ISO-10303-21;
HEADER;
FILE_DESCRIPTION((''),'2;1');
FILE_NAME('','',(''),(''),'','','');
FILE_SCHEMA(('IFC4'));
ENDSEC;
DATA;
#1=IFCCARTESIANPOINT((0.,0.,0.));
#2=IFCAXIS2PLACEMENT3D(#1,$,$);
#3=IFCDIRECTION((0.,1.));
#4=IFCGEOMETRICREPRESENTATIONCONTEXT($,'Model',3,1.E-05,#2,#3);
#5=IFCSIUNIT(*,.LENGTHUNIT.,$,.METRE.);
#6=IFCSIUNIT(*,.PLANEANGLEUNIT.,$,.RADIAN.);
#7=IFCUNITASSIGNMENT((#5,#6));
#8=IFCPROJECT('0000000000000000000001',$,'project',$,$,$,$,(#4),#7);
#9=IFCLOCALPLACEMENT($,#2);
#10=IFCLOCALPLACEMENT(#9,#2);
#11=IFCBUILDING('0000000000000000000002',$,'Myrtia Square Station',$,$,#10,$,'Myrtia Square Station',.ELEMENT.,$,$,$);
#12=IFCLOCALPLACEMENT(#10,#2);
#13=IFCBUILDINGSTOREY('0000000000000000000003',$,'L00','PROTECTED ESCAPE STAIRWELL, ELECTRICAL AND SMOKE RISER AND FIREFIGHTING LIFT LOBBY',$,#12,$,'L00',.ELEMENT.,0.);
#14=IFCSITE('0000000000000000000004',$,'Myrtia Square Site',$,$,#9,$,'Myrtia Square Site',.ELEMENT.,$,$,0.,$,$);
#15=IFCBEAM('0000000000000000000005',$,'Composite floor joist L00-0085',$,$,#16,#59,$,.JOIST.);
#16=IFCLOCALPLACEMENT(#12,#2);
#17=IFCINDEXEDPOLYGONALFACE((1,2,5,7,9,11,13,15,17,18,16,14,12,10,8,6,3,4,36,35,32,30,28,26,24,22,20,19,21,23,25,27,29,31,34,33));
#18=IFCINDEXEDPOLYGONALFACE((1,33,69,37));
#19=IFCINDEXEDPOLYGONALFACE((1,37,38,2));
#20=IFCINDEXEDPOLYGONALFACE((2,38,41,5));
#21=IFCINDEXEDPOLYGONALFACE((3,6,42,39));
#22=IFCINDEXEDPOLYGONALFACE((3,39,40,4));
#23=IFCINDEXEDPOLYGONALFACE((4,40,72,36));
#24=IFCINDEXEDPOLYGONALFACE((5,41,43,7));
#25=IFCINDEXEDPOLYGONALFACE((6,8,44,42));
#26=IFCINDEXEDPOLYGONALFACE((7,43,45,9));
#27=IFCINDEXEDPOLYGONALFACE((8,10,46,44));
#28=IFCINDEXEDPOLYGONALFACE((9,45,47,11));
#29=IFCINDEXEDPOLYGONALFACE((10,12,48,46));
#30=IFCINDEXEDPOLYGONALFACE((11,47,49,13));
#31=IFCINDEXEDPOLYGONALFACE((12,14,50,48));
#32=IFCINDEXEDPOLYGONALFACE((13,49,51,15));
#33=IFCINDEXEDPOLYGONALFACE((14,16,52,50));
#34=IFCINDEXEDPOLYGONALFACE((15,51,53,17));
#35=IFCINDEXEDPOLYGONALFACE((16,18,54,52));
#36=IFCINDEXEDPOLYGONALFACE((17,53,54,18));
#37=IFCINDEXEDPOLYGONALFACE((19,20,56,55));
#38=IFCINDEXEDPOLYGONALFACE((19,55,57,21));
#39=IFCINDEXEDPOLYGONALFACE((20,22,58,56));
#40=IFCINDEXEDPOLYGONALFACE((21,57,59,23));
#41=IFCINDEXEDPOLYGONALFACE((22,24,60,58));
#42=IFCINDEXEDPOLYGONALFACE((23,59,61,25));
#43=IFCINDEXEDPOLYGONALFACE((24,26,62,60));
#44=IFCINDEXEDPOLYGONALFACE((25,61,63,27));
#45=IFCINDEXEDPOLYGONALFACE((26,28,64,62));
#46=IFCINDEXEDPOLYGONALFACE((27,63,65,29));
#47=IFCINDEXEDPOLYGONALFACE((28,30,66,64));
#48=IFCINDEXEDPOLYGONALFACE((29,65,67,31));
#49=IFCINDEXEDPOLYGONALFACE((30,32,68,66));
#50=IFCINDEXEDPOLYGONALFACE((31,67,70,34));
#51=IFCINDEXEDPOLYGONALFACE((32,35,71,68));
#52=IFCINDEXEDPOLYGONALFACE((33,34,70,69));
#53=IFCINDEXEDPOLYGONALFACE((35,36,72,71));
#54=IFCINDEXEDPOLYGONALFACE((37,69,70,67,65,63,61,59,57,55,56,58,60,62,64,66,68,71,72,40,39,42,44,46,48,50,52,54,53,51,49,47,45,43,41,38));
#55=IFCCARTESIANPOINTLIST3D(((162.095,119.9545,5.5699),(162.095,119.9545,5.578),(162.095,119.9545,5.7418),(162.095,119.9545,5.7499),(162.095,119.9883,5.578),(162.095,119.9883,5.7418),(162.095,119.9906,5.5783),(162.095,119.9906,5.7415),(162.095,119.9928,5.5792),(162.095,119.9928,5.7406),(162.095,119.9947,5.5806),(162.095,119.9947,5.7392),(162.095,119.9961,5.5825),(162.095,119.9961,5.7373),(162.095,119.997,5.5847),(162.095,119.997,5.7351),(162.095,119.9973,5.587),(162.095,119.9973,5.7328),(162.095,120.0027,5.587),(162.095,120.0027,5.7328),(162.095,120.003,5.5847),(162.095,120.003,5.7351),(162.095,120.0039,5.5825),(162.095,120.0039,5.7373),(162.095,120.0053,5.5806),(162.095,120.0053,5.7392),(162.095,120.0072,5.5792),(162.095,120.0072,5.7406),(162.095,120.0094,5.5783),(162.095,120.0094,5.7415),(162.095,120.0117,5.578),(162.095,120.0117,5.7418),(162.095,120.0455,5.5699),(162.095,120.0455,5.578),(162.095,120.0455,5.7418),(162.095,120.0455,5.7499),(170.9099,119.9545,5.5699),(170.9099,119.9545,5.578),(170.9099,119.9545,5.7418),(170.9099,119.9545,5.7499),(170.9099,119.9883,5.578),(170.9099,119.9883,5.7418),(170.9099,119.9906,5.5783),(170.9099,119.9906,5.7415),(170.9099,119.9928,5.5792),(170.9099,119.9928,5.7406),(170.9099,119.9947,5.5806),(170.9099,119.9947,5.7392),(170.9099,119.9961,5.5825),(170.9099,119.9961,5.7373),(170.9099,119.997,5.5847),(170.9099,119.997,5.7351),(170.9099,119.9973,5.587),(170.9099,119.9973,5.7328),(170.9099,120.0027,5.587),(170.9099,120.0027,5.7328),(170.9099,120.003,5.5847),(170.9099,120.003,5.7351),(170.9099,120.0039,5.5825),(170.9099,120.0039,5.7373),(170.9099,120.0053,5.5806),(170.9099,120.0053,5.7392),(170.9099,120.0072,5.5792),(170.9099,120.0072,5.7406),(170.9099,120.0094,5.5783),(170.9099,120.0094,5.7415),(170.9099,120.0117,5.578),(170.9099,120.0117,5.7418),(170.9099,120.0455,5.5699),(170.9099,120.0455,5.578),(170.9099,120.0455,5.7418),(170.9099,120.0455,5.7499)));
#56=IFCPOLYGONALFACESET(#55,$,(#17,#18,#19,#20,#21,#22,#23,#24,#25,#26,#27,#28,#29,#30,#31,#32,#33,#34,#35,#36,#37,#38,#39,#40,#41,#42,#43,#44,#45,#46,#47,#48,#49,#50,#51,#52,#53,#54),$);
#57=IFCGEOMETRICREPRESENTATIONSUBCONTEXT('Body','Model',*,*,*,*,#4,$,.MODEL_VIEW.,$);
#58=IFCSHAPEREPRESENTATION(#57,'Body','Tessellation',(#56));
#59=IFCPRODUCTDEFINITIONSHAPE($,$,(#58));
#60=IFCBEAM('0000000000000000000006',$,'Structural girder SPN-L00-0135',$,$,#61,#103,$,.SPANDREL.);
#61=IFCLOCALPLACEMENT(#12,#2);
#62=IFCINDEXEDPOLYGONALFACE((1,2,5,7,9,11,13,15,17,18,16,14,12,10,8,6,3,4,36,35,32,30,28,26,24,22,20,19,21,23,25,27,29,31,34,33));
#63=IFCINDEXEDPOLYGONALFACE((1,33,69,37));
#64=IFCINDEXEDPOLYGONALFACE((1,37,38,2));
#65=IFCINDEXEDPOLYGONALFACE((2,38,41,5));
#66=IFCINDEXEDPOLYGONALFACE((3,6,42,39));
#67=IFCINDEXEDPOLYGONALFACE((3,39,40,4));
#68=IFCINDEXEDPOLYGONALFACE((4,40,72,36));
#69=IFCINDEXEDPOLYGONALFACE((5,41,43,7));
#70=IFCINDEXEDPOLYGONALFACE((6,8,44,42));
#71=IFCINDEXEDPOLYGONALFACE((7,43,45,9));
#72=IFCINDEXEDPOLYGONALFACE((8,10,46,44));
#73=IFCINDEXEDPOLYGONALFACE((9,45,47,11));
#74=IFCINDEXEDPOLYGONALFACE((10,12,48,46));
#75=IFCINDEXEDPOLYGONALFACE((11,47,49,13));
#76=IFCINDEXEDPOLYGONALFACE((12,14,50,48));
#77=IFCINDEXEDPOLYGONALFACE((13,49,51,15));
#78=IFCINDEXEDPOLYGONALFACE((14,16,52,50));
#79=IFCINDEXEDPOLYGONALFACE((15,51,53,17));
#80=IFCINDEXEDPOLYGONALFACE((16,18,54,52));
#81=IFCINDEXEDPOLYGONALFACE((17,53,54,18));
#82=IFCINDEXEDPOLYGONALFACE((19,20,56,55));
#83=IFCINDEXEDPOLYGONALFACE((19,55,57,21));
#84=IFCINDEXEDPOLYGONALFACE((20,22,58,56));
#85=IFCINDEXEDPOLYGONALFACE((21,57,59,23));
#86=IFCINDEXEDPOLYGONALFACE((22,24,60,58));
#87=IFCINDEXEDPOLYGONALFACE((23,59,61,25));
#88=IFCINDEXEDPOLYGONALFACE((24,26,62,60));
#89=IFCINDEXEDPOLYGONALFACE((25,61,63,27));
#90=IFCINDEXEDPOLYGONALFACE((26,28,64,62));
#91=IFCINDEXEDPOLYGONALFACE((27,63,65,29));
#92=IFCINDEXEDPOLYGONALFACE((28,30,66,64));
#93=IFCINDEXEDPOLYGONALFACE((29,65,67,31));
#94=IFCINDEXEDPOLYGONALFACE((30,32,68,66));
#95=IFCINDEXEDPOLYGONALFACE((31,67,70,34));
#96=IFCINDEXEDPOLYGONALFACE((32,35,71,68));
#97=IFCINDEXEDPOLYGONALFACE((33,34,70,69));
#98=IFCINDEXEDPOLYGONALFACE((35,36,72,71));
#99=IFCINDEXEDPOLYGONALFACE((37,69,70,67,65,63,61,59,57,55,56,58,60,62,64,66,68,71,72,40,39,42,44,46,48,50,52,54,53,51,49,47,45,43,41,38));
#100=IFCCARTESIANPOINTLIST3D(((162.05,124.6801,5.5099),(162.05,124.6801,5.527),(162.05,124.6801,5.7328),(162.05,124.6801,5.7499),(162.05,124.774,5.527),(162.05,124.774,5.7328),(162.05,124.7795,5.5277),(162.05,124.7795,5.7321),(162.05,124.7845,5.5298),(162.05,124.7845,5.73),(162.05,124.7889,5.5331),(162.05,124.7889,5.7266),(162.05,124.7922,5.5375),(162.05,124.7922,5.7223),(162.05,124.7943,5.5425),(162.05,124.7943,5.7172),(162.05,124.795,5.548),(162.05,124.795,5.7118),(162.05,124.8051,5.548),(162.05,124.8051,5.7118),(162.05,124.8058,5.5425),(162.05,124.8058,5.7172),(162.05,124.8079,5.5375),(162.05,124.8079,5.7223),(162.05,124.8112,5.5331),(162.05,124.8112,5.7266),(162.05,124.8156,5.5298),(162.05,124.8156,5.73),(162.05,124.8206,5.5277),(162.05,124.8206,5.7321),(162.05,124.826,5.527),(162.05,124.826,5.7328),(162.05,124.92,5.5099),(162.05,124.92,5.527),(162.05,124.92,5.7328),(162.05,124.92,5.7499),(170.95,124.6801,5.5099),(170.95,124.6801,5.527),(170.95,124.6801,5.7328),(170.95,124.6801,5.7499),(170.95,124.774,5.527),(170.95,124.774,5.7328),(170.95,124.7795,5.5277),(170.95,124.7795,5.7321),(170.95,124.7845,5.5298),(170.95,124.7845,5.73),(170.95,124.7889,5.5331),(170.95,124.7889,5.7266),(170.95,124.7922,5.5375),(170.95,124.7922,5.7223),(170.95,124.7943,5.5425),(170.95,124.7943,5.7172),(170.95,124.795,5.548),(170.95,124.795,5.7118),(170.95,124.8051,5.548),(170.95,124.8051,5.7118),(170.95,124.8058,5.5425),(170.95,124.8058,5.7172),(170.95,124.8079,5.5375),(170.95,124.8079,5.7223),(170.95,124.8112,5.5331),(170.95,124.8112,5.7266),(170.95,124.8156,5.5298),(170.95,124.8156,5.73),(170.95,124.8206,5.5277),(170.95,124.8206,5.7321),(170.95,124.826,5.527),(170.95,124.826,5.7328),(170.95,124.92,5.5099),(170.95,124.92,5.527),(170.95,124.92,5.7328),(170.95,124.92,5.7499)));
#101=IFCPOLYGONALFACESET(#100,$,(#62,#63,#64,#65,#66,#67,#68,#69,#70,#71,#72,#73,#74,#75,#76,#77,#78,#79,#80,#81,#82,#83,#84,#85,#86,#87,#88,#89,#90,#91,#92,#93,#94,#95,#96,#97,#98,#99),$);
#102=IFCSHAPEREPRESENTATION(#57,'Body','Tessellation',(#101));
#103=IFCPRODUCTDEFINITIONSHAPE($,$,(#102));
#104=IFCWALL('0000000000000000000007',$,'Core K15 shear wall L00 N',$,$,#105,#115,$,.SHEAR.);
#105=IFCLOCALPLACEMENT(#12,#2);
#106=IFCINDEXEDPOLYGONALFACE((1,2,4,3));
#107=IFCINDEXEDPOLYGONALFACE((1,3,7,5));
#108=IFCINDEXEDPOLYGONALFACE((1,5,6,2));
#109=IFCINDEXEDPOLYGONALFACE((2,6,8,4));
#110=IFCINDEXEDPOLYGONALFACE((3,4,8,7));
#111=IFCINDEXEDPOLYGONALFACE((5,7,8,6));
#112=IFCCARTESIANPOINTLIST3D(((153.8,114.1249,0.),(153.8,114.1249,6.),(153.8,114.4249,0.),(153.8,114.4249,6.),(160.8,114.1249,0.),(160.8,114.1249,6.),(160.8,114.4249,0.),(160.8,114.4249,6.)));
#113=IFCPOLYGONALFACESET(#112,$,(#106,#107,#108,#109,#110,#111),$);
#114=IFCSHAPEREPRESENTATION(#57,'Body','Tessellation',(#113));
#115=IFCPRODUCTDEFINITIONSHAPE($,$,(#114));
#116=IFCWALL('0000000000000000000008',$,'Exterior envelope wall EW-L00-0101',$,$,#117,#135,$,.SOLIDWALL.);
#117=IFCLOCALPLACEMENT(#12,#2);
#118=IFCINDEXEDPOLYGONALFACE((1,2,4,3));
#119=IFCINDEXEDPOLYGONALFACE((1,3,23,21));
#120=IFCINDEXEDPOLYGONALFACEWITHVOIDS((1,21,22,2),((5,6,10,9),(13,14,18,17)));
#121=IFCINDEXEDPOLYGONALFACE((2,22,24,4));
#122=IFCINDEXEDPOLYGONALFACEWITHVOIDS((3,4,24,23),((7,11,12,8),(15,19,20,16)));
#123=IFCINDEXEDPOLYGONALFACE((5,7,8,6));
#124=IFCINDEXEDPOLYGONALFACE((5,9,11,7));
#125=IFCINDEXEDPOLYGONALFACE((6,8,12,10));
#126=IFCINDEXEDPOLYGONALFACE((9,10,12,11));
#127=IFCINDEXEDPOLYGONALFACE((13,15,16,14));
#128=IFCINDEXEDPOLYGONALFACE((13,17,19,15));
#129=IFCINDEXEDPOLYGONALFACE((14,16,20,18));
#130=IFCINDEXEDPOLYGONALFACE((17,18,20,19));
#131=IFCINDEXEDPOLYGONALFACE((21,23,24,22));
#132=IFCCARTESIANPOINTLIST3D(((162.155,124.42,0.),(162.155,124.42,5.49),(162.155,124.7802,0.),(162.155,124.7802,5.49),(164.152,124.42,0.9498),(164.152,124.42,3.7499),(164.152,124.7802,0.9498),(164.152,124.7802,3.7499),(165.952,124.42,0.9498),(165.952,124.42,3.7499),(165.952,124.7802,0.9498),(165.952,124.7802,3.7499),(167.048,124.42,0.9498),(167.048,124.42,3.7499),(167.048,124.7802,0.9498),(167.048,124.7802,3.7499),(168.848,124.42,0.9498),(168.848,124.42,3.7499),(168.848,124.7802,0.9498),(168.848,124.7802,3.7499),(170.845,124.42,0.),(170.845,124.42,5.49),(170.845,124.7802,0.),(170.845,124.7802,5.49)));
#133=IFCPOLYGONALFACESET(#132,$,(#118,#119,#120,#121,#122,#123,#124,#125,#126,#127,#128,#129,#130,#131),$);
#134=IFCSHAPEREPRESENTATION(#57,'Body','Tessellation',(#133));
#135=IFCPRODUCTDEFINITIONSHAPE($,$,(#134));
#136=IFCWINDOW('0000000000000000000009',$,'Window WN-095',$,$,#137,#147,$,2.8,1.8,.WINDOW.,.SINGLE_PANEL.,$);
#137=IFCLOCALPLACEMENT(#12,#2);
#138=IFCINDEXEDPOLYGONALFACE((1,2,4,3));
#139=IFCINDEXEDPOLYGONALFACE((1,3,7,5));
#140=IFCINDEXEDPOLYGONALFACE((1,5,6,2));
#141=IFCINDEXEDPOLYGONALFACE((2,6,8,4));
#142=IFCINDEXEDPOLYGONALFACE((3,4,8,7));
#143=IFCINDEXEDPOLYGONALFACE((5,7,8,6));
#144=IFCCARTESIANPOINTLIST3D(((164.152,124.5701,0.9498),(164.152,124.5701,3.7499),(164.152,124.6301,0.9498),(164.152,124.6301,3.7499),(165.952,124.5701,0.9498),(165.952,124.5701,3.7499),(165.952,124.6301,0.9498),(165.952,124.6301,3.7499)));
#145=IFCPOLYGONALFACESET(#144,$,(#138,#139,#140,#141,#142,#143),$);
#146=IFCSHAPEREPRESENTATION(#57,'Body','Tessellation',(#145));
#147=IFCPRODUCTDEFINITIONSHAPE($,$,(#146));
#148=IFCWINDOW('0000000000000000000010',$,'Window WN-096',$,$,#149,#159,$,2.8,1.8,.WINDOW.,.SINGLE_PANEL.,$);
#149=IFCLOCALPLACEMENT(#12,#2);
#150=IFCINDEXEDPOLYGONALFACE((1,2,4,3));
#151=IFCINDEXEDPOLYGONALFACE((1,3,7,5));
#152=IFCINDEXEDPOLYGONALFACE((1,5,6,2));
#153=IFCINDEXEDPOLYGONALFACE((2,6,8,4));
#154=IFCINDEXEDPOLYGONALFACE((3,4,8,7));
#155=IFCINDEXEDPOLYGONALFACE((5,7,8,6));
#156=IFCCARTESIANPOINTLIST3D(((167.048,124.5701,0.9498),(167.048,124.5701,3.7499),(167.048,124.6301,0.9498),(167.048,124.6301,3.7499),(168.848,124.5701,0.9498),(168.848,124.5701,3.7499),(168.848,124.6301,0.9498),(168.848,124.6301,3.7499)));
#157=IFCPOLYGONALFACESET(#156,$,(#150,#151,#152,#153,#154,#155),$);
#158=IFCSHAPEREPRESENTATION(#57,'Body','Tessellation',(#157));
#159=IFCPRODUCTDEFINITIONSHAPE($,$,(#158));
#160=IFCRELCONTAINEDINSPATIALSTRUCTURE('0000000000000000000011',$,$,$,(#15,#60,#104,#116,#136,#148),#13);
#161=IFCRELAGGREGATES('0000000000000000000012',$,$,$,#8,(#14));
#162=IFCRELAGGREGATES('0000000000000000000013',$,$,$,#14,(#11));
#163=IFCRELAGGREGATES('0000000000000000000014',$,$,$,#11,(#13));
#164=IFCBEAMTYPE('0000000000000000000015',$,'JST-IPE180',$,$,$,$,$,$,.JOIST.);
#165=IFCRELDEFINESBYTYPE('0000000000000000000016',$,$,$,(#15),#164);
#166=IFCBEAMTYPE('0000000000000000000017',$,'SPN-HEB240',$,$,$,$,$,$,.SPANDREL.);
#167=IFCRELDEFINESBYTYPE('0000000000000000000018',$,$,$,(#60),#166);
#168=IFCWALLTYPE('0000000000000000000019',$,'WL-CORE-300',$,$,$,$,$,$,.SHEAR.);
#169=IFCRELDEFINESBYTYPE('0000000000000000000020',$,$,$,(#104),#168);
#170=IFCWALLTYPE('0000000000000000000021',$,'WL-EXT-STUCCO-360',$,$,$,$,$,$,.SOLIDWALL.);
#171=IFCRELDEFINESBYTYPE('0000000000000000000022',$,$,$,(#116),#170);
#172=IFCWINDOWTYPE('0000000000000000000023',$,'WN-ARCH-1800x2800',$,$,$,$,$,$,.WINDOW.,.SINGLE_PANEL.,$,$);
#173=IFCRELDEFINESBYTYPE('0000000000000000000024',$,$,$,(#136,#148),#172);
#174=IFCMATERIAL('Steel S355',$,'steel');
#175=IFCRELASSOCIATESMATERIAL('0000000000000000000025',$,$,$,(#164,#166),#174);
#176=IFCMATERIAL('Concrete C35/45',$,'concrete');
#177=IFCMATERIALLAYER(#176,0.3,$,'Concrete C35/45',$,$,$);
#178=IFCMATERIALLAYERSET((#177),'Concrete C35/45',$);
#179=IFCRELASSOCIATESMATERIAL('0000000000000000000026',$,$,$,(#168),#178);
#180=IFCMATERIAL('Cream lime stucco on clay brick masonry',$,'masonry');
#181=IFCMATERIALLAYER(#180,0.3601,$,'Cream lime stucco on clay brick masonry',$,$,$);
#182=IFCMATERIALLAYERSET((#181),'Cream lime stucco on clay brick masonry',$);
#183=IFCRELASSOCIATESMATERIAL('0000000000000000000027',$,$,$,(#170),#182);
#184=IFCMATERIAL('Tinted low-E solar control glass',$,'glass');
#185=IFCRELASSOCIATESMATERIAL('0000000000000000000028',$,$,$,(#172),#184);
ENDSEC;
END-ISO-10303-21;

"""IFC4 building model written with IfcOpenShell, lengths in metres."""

from ifc_helpers import new_model, si_unit, direction, frame, frame_2d, origin, origin_2d, place, context, subcontext, project, spatial, rectangle, i_section, extrude, material, layer, layer_set, material_profile, profile_set, type_object, element, fill, save


model = new_model("IFC4")

# Units and contexts
model_context = context("Model", 3, precision=1e-05, world=origin(), true_north=direction((0.0, 1.0)))
body_context = subcontext(model_context, "Body", "Model", "MODEL_VIEW")
ifc_project = project(units=[si_unit("LENGTHUNIT", "METRE"), si_unit("PLANEANGLEUNIT", "RADIAN")], contexts=[model_context])

# Site, building, storey
site_placement = place(None, origin())
site = spatial("IfcSite", under=ifc_project, at=site_placement, Name="Myrtia Square Site", LongName="Myrtia Square Site", CompositionType="ELEMENT", RefElevation=0.0)
building_placement = place(site_placement, origin())
building = spatial("IfcBuilding", under=site, at=building_placement, Name="Myrtia Square Station", LongName="Myrtia Square Station", CompositionType="ELEMENT")
storey_placement = place(building_placement, origin())
storey = spatial("IfcBuildingStorey", under=building, at=storey_placement, Name="L00", Description="PROTECTED ESCAPE STAIRWELL, ELECTRICAL AND SMOKE RISER AND FIREFIGHTING LIFT LOBBY", LongName="L00", CompositionType="ELEMENT", Elevation=0.0)

# Shared definitions
ifc_material_1 = material(Name="Steel S355", Category="steel")

# Beams
ifc_material_profile_1 = material_profile(ifc_material_1, i_section(OverallWidth=0.0911, OverallDepth=0.1799, WebThickness=0.0054, FlangeThickness=0.0081, FilletRadius=0.009, at=origin_2d()), Name="IPE 180")
ifc_profile_set_1 = profile_set([ifc_material_profile_1], Name="Steel S355")
beam_type_1 = type_object("IfcBeamType", Name="JST-IPE180", PredefinedType="JOIST", material=ifc_profile_set_1)
beam_1_placement = place(storey_placement, frame((162.095, 120.0, 5.6599), z_axis=(1.0, 0.0, 0.0), x_axis=(0.0, 1.0, 0.0)))
element("IfcBeam", 1, at=beam_1_placement, inside=storey, type_object=beam_type_1, Name="Composite floor joist L00-0085", PredefinedType="JOIST", context=body_context, shape_type="SweptSolid", body=[
    extrude(i_section(OverallWidth=0.0911, OverallDepth=0.1799, WebThickness=0.0054, FlangeThickness=0.0081, FilletRadius=0.009, at=origin_2d()), origin(), (0.0, 0.0, 1.0), 8.8149),
])
ifc_material_profile_2 = material_profile(ifc_material_1, i_section(OverallWidth=0.24, OverallDepth=0.24, WebThickness=0.01, FlangeThickness=0.0171, FilletRadius=0.021, at=origin_2d()), Name="HEB 240")
ifc_profile_set_2 = profile_set([ifc_material_profile_2], Name="Steel S355")
beam_type_2 = type_object("IfcBeamType", Name="SPN-HEB240", PredefinedType="SPANDREL", material=ifc_profile_set_2)
beam_2_placement = place(storey_placement, frame((162.05, 124.8, 5.6299), z_axis=(1.0, 0.0, 0.0), x_axis=(0.0, 1.0, 0.0)))
element("IfcBeam", 2, at=beam_2_placement, inside=storey, type_object=beam_type_2, Name="Structural girder SPN-L00-0135", PredefinedType="SPANDREL", context=body_context, shape_type="SweptSolid", body=[
    extrude(i_section(OverallWidth=0.24, OverallDepth=0.24, WebThickness=0.01, FlangeThickness=0.0171, FilletRadius=0.021, at=origin_2d()), origin(), (0.0, 0.0, 1.0), 8.8999),
])

# Wall
ifc_material_2 = material(Name="Concrete C35/45", Category="concrete")
ifc_layer_1 = layer(ifc_material_2, 0.3, Name="Concrete C35/45")
ifc_layer_set_1 = layer_set([ifc_layer_1], Name="Concrete C35/45")
wall_type_1 = type_object("IfcWallType", Name="WL-CORE-300", PredefinedType="SHEAR", material=ifc_layer_set_1)
wall_1_placement = place(storey_placement, frame((153.8, 114.2749, 0.0), z_axis=(0.0, 0.0, 1.0), x_axis=(1.0, 0.0, 0.0)))
element("IfcWall", 3, at=wall_1_placement, inside=storey, type_object=wall_type_1, Name="Core K15 shear wall L00 N", PredefinedType="SHEAR", context=body_context, shape_type="SweptSolid", body=[
    extrude(rectangle(XDim=7.0, YDim=0.3, at=frame_2d((3.5, 0.0))), origin(), (0.0, 0.0, 1.0), 6.0),
])

# Wall, openings, windows
ifc_material_3 = material(Name="Cream lime stucco on clay brick masonry", Category="masonry")
ifc_layer_2 = layer(ifc_material_3, 0.3601, Name="Cream lime stucco on clay brick masonry")
ifc_layer_set_2 = layer_set([ifc_layer_2], Name="Cream lime stucco on clay brick masonry")
wall_type_2 = type_object("IfcWallType", Name="WL-EXT-STUCCO-360", PredefinedType="SOLIDWALL", material=ifc_layer_set_2)
wall_2_placement = place(storey_placement, frame((162.155, 124.6001, 0.0), z_axis=(0.0, 0.0, 1.0), x_axis=(1.0, 0.0, 0.0)))
wall_2 = element("IfcWall", 4, at=wall_2_placement, inside=storey, type_object=wall_type_2, Name="Exterior envelope wall EW-L00-0101", PredefinedType="SOLIDWALL", context=body_context, shape_type="SweptSolid", body=[
    extrude(rectangle(XDim=8.6899, YDim=0.3601, at=frame_2d((4.345, 0.0))), origin(), (0.0, 0.0, 1.0), 5.49),
])
opening_1_placement = place(wall_2_placement, frame((1.9971, 0.0, 0.95)))
opening_1 = element("IfcOpeningElement", 5, at=opening_1_placement, cuts=wall_2, PredefinedType="OPENING", context=body_context, shape_type="SweptSolid", body=[
    extrude(rectangle(XDim=1.8, YDim=2.8, at=frame_2d((0.8999, 1.3999))), frame((0.0, 0.1951, 0.0), z_axis=(0.0, -1.0, 0.0), x_axis=(1.0, 0.0, 0.0)), (0.0, 0.0, 1.0), 0.3901),
])
opening_2_placement = place(wall_2_placement, frame((4.8931, 0.0, 0.95)))
opening_2 = element("IfcOpeningElement", 6, at=opening_2_placement, cuts=wall_2, PredefinedType="OPENING", context=body_context, shape_type="SweptSolid", body=[
    extrude(rectangle(XDim=1.8, YDim=2.8, at=frame_2d((0.8999, 1.3999))), frame((0.0, 0.1951, 0.0), z_axis=(0.0, -1.0, 0.0), x_axis=(1.0, 0.0, 0.0)), (0.0, 0.0, 1.0), 0.3901),
])
ifc_material_4 = material(Name="Tinted low-E solar control glass", Category="glass")
window_type = type_object("IfcWindowType", Name="WN-ARCH-1800x2800", PartitioningType="SINGLE_PANEL", PredefinedType="WINDOW", material=ifc_material_4)
window_1_placement = place(opening_1_placement, origin())
window_1 = element("IfcWindow", 7, at=window_1_placement, inside=storey, type_object=window_type, Name="Window WN-095", OverallHeight=2.8, OverallWidth=1.8, PartitioningType="SINGLE_PANEL", PredefinedType="WINDOW", context=body_context, shape_type="SweptSolid", body=[
    extrude(rectangle(XDim=1.8, YDim=2.8, at=frame_2d((0.8999, 1.3999))), frame((0.0, 0.03, 0.0), z_axis=(0.0, -1.0, 0.0), x_axis=(1.0, 0.0, 0.0)), (0.0, 0.0, 1.0), 0.0601),
])
fill(opening_1, window_1)
window_2_placement = place(opening_2_placement, origin())
window_2 = element("IfcWindow", 8, at=window_2_placement, inside=storey, type_object=window_type, Name="Window WN-096", OverallHeight=2.8, OverallWidth=1.8, PartitioningType="SINGLE_PANEL", PredefinedType="WINDOW", context=body_context, shape_type="SweptSolid", body=[
    extrude(rectangle(XDim=1.8, YDim=2.8, at=frame_2d((0.8999, 1.3999))), frame((0.0, 0.03, 0.0), z_axis=(0.0, -1.0, 0.0), x_axis=(1.0, 0.0, 0.0)), (0.0, 0.0, 1.0), 0.0601),
])
fill(opening_2, window_2)

save(model, "model.ifc")
